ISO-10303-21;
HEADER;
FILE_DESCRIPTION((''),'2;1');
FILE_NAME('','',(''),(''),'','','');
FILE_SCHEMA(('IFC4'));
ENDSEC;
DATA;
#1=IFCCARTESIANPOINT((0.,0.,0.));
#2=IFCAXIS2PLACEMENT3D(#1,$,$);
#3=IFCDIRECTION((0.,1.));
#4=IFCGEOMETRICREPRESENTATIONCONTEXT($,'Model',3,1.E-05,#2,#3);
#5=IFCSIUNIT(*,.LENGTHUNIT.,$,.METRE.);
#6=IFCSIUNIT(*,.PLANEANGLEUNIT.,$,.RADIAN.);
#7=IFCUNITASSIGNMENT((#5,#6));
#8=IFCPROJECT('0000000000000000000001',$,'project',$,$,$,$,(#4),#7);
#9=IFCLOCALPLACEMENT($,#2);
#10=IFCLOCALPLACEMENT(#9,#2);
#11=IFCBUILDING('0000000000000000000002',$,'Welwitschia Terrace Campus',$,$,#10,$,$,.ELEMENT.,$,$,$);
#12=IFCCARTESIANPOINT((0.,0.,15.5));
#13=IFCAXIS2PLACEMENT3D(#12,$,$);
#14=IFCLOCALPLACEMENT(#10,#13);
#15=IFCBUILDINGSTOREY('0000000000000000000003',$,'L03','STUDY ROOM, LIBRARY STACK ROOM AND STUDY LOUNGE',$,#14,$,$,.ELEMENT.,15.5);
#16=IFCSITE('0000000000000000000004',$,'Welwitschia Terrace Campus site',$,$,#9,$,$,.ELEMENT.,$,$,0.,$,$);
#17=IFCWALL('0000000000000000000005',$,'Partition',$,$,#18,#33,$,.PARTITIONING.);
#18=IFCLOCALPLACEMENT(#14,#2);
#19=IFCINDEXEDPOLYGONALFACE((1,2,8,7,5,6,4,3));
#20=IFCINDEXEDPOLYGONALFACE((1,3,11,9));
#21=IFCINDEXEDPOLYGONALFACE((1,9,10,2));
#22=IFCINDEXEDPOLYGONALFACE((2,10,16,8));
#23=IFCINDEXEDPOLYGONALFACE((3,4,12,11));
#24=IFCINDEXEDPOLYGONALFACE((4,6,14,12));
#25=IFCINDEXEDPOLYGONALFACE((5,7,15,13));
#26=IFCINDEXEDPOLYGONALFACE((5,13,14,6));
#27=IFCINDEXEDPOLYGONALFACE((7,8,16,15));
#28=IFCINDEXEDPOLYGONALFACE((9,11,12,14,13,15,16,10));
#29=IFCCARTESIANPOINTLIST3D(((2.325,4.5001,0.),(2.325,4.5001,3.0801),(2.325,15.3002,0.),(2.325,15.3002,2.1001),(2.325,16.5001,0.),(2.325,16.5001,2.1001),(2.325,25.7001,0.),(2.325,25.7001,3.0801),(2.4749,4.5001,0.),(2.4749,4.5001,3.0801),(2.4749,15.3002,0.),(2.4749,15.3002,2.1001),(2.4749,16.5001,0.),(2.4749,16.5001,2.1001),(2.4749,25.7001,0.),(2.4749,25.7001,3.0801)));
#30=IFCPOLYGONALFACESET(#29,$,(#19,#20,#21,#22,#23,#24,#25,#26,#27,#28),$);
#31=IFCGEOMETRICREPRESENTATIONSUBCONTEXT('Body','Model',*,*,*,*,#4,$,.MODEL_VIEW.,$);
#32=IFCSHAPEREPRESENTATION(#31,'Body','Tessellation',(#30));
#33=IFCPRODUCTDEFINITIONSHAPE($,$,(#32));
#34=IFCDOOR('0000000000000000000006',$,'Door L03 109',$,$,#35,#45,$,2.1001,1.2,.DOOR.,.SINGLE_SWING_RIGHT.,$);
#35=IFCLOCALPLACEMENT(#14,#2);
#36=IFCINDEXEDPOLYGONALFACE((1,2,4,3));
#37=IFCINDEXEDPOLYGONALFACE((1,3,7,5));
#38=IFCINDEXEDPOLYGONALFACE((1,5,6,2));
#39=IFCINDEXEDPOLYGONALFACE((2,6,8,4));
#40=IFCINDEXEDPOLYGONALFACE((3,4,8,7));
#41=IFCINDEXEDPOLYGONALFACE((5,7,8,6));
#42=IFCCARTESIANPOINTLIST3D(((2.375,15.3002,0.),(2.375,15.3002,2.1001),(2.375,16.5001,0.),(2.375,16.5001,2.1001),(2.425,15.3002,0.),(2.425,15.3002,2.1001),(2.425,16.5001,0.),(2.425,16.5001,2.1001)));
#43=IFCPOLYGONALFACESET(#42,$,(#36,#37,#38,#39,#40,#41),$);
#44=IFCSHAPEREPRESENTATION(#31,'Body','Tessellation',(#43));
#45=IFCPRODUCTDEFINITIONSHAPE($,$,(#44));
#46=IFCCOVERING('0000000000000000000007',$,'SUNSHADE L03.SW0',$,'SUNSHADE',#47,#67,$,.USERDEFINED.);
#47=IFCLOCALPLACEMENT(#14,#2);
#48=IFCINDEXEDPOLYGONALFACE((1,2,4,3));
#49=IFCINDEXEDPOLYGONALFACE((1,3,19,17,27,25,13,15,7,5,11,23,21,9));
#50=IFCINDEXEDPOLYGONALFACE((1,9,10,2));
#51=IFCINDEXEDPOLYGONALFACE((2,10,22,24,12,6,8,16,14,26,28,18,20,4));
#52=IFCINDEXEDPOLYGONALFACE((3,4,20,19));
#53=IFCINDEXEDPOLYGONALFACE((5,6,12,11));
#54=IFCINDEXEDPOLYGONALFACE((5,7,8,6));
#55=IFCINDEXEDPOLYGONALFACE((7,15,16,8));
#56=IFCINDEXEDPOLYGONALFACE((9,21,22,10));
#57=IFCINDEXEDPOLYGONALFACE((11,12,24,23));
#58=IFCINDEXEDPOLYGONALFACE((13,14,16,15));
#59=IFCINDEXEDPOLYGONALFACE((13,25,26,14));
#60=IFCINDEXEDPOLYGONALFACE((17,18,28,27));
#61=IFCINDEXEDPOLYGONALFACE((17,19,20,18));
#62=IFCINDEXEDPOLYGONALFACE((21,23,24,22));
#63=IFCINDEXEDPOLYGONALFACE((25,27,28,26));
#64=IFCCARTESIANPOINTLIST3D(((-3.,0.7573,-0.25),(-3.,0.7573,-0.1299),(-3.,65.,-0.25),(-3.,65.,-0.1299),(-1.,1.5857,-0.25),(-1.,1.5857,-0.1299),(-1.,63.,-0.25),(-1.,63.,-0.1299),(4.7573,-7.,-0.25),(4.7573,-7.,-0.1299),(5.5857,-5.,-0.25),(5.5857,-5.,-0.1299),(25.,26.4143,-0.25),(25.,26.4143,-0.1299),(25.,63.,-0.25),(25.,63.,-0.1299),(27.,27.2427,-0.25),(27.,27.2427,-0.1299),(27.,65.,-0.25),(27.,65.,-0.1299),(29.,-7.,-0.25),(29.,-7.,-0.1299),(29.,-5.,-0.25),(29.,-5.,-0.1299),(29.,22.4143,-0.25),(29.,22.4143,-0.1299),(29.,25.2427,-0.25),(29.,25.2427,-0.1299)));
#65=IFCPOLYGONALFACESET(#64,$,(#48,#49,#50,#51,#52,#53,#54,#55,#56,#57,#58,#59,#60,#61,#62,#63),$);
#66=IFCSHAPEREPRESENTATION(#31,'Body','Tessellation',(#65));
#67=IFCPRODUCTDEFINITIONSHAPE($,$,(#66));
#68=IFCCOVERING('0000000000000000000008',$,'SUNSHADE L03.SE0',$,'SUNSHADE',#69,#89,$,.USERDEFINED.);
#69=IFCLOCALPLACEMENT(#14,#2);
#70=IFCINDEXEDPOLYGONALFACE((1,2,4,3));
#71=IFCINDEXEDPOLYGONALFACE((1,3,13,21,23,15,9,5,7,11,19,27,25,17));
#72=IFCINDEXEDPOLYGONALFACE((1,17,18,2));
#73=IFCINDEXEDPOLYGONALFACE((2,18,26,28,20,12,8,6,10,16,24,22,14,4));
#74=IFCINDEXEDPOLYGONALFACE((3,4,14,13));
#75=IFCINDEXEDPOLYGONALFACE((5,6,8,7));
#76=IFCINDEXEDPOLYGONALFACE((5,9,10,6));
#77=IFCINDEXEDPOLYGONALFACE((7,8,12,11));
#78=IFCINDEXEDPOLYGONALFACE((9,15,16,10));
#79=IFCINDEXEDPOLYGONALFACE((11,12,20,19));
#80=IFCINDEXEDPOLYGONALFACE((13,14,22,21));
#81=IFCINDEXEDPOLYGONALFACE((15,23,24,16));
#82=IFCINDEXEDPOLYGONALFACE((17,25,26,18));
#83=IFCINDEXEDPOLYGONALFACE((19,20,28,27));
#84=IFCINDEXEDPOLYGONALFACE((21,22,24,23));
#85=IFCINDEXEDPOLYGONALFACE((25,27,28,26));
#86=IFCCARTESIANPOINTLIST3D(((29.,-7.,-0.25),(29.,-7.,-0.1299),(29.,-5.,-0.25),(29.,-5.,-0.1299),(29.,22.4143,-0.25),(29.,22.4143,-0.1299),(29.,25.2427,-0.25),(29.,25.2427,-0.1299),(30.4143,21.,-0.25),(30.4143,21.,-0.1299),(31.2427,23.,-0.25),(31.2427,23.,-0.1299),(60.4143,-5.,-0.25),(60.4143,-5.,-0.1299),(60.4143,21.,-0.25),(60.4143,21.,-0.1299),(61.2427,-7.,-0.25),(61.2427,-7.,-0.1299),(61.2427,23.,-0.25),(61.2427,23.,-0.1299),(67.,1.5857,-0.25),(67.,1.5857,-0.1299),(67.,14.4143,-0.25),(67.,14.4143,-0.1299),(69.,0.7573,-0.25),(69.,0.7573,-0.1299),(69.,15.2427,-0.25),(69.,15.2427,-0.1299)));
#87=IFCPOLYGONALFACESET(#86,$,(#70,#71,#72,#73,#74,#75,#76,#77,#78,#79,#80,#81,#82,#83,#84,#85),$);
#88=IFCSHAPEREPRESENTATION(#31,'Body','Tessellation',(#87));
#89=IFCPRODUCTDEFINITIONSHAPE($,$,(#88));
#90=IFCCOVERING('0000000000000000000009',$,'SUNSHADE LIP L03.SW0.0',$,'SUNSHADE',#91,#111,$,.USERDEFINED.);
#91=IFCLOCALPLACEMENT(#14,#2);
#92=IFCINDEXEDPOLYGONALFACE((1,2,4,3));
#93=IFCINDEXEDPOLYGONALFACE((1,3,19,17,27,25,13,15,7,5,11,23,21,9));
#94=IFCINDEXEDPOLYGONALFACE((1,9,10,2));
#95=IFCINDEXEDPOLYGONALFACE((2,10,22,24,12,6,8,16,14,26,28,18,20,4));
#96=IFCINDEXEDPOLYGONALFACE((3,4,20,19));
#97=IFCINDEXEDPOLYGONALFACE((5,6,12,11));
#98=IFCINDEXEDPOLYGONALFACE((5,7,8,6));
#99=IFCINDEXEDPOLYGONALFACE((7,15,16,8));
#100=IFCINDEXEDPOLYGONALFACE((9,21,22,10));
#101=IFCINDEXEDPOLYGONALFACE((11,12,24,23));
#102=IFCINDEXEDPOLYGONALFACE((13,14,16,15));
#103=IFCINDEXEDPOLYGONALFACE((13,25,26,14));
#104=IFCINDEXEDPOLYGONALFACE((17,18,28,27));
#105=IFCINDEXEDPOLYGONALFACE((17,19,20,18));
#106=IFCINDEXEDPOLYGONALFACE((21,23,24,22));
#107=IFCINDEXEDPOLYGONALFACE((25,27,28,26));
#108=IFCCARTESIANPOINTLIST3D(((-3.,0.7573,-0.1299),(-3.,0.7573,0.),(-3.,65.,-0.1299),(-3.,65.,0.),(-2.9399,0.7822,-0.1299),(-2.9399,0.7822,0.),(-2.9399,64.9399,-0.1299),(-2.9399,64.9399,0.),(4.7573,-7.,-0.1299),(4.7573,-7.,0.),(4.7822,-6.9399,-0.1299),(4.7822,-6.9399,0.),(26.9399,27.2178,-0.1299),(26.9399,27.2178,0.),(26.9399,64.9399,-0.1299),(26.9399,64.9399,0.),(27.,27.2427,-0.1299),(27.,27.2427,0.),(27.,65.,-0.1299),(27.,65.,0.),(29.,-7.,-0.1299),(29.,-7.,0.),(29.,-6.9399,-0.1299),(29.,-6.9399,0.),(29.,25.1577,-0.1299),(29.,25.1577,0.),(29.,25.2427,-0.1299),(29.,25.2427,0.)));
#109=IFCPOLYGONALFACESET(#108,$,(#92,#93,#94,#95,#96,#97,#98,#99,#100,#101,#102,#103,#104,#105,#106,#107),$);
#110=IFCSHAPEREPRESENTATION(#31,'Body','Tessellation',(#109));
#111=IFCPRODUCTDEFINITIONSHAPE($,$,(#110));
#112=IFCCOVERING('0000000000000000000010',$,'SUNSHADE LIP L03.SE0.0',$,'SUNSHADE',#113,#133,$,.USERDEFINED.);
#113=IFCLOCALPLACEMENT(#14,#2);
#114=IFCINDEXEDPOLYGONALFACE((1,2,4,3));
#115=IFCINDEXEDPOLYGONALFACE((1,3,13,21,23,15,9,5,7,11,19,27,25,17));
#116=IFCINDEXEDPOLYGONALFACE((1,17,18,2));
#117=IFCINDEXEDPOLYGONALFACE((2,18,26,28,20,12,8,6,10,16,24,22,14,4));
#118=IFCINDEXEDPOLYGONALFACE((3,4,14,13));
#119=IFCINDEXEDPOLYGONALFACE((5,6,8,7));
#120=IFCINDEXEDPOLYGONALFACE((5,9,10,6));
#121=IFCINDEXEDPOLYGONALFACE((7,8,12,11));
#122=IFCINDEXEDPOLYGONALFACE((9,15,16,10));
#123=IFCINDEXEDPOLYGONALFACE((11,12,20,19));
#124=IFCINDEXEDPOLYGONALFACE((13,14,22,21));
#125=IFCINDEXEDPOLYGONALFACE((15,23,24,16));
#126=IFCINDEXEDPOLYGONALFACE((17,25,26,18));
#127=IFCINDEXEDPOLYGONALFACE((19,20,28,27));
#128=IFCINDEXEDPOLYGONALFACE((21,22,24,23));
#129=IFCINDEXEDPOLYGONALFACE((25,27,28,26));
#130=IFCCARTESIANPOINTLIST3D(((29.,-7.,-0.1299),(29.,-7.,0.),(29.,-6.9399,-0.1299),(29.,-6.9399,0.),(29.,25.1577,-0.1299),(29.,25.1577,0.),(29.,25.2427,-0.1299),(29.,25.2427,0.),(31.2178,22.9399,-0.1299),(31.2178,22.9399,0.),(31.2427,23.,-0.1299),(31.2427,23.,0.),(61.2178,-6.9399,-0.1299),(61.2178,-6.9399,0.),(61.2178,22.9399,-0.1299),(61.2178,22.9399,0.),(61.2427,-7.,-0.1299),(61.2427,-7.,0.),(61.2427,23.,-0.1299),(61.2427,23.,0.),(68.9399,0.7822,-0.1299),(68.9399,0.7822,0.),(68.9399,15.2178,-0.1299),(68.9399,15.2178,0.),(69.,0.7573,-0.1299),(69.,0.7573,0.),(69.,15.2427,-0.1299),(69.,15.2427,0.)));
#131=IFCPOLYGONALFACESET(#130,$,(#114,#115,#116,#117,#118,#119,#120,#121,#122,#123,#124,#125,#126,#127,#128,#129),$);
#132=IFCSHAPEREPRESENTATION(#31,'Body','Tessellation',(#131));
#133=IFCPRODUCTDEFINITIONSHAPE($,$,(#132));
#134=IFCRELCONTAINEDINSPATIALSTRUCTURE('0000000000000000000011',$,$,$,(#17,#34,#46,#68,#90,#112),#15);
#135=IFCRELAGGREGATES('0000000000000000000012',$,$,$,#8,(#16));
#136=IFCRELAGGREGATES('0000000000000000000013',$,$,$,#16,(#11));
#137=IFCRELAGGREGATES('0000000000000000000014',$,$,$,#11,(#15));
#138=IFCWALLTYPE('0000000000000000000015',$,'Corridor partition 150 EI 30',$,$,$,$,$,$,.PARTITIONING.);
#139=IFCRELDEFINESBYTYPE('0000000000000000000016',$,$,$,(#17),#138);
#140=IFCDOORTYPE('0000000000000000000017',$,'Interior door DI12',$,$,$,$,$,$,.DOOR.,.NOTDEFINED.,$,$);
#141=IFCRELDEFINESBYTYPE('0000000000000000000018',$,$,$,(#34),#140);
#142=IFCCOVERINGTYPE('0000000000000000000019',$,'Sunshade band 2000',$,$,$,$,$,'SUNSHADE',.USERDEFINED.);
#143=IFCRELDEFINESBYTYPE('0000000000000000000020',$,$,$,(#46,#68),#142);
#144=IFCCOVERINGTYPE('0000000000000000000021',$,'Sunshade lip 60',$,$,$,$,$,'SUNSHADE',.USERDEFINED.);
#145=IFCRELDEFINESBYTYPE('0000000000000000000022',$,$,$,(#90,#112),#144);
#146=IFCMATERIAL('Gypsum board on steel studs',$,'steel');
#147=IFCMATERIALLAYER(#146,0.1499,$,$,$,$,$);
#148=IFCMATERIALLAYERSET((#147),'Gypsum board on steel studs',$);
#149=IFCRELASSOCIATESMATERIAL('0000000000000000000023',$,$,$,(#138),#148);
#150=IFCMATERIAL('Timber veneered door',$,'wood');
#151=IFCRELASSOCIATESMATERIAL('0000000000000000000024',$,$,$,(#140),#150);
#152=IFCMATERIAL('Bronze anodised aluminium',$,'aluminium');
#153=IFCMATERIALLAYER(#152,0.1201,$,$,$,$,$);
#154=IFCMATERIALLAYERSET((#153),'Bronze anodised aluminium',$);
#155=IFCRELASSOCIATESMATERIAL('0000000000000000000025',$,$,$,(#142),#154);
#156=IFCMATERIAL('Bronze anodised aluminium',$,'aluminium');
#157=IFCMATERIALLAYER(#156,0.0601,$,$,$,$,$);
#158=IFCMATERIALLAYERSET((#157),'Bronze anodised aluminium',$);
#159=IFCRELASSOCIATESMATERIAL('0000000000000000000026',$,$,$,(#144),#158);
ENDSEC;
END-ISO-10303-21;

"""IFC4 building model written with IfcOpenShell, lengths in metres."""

from ifc_helpers import new_model, si_unit, direction, frame, frame_2d, origin, place, context, subcontext, project, spatial, polyline, rectangle, outline, extrude, material, layer, layer_set, type_object, element, fill, save


model = new_model("IFC4")

# Units and contexts
model_context = context("Model", 3, precision=1e-05, world=origin(), true_north=direction((0.0, 1.0)))
body_context = subcontext(model_context, "Body", "Model", "MODEL_VIEW")
ifc_project = project(units=[si_unit("LENGTHUNIT", "METRE"), si_unit("PLANEANGLEUNIT", "RADIAN")], contexts=[model_context])

# Site, building, storey
site_placement = place(None, origin())
site = spatial("IfcSite", under=ifc_project, at=site_placement, Name="Welwitschia Terrace Campus site", CompositionType="ELEMENT", RefElevation=0.0)
building_placement = place(site_placement, origin())
building = spatial("IfcBuilding", under=site, at=building_placement, Name="Welwitschia Terrace Campus", CompositionType="ELEMENT")
storey_placement = place(building_placement, frame((0.0, 0.0, 15.5)))
storey = spatial("IfcBuildingStorey", under=building, at=storey_placement, Name="L03", Description="STUDY ROOM, LIBRARY STACK ROOM AND STUDY LOUNGE", CompositionType="ELEMENT", Elevation=15.5)

# Shared definitions
ifc_material_1 = material(Name="Gypsum board on steel studs", Category="steel")
ifc_layer_1 = layer(ifc_material_1, 0.1499)
ifc_layer_set_1 = layer_set([ifc_layer_1], Name="Gypsum board on steel studs")
wall_type = type_object("IfcWallType", Name="Corridor partition 150 EI 30", PredefinedType="PARTITIONING", material=ifc_layer_set_1)

# Wall, opening, door
wall_1_placement = place(storey_placement, frame((2.3999, 4.5, 0.0), z_axis=(0.0, 0.0, 1.0), x_axis=(0.0, 1.0, 0.0)))
wall_1 = element("IfcWall", 1, at=wall_1_placement, inside=storey, type_object=wall_type, Name="Partition", PredefinedType="PARTITIONING", context=body_context, shape_type="SweptSolid", body=[
    extrude(rectangle(XDim=21.2, YDim=0.1499, at=frame_2d((10.6001, 0.0))), origin(), (0.0, 0.0, 1.0), 3.0801),
])
opening_placement = place(wall_1_placement, frame((10.8, 0.0, 0.0)))
opening = element("IfcOpeningElement", 2, at=opening_placement, cuts=wall_1, PredefinedType="OPENING", context=body_context, shape_type="SweptSolid", body=[
    extrude(rectangle(XDim=1.2, YDim=2.1001, at=frame_2d((0.6001, 1.05))), frame((0.0, 0.085, 0.0), z_axis=(0.0, -1.0, 0.0), x_axis=(1.0, 0.0, 0.0)), (0.0, 0.0, 1.0), 0.1699),
])
ifc_material_2 = material(Name="Timber veneered door", Category="wood")
door_type = type_object("IfcDoorType", Name="Interior door DI12", OperationType="NOTDEFINED", PredefinedType="DOOR", material=ifc_material_2)
door_placement = place(opening_placement, origin())
door = element("IfcDoor", 3, at=door_placement, inside=storey, type_object=door_type, Name="Door L03 109", OperationType="SINGLE_SWING_RIGHT", OverallHeight=2.1001, OverallWidth=1.2, PredefinedType="DOOR", context=body_context, shape_type="SweptSolid", body=[
    extrude(rectangle(XDim=1.2, YDim=2.1001, at=frame_2d((0.6001, 1.05))), frame((0.0, 0.0249, 0.0), z_axis=(0.0, -1.0, 0.0), x_axis=(1.0, 0.0, 0.0)), (0.0, 0.0, 1.0), 0.05),
])
fill(opening, door)

# Coverings
ifc_material_3 = material(Name="Bronze anodised aluminium", Category="aluminium")
ifc_layer_2 = layer(ifc_material_3, 0.1201)
ifc_layer_set_2 = layer_set([ifc_layer_2], Name="Bronze anodised aluminium")
covering_type_1 = type_object("IfcCoveringType", Name="Sunshade band 2000", ElementType="SUNSHADE", PredefinedType="USERDEFINED", material=ifc_layer_set_2)
covering_1_placement = place(storey_placement, frame((0.0, 0.0, -0.25)))
element("IfcCovering", 4, at=covering_1_placement, inside=storey, type_object=covering_type_1, Name="SUNSHADE L03.SW0", ObjectType="SUNSHADE", PredefinedType="USERDEFINED", context=body_context, shape_type="SweptSolid", body=[
    extrude(outline(polyline([(27.0, 65.0), (27.0, 27.2427), (29.0, 25.2427), (29.0, 22.4143), (25.0, 26.4143), (25.0, 63.0), (-1.0, 63.0), (-1.0, 1.5857), (5.5857, -5.0), (29.0, -5.0), (29.0, -7.0), (4.7573, -7.0), (-3.0, 0.7573), (-3.0, 65.0), (27.0, 65.0)])), origin(), (0.0, 0.0, 1.0), 0.1201),
])
covering_2_placement = place(storey_placement, frame((0.0, 0.0, -0.25)))
element("IfcCovering", 5, at=covering_2_placement, inside=storey, type_object=covering_type_1, Name="SUNSHADE L03.SE0", ObjectType="SUNSHADE", PredefinedType="USERDEFINED", context=body_context, shape_type="SweptSolid", body=[
    extrude(outline(polyline([(31.2427, 23.0), (61.2427, 23.0), (69.0, 15.2427), (69.0, 0.7573), (61.2427, -7.0), (29.0, -7.0), (29.0, -5.0), (60.4143, -5.0), (67.0, 1.5857), (67.0, 14.4143), (60.4143, 21.0), (30.4143, 21.0), (29.0, 22.4143), (29.0, 25.2427), (31.2427, 23.0)])), origin(), (0.0, 0.0, 1.0), 0.1201),
])
ifc_material_4 = material(Name="Bronze anodised aluminium", Category="aluminium")
ifc_layer_3 = layer(ifc_material_4, 0.0601)
ifc_layer_set_3 = layer_set([ifc_layer_3], Name="Bronze anodised aluminium")
covering_type_2 = type_object("IfcCoveringType", Name="Sunshade lip 60", ElementType="SUNSHADE", PredefinedType="USERDEFINED", material=ifc_layer_set_3)
covering_3_placement = place(storey_placement, frame((0.0, 0.0, -0.1299)))
element("IfcCovering", 6, at=covering_3_placement, inside=storey, type_object=covering_type_2, Name="SUNSHADE LIP L03.SW0.0", ObjectType="SUNSHADE", PredefinedType="USERDEFINED", context=body_context, shape_type="SweptSolid", body=[
    extrude(outline(polyline([(27.0, 27.2427), (29.0, 25.2427), (29.0, 25.1577), (26.9399, 27.2178), (26.9399, 64.9399), (-2.9399, 64.9399), (-2.9399, 0.7822), (4.7822, -6.9399), (29.0, -6.9399), (29.0, -7.0), (4.7573, -7.0), (-3.0, 0.7573), (-3.0, 65.0), (27.0, 65.0), (27.0, 27.2427)])), origin(), (0.0, 0.0, 1.0), 0.1299),
])
covering_4_placement = place(storey_placement, frame((0.0, 0.0, -0.1299)))
element("IfcCovering", 7, at=covering_4_placement, inside=storey, type_object=covering_type_2, Name="SUNSHADE LIP L03.SE0.0", ObjectType="SUNSHADE", PredefinedType="USERDEFINED", context=body_context, shape_type="SweptSolid", body=[
    extrude(outline(polyline([(61.2427, 23.0), (69.0, 15.2427), (69.0, 0.7573), (61.2427, -7.0), (29.0, -7.0), (29.0, -6.9399), (61.2178, -6.9399), (68.9399, 0.7822), (68.9399, 15.2178), (61.2178, 22.9399), (31.2178, 22.9399), (29.0, 25.1577), (29.0, 25.2427), (31.2427, 23.0), (61.2427, 23.0)])), origin(), (0.0, 0.0, 1.0), 0.1299),
])

save(model, "model.ifc")
